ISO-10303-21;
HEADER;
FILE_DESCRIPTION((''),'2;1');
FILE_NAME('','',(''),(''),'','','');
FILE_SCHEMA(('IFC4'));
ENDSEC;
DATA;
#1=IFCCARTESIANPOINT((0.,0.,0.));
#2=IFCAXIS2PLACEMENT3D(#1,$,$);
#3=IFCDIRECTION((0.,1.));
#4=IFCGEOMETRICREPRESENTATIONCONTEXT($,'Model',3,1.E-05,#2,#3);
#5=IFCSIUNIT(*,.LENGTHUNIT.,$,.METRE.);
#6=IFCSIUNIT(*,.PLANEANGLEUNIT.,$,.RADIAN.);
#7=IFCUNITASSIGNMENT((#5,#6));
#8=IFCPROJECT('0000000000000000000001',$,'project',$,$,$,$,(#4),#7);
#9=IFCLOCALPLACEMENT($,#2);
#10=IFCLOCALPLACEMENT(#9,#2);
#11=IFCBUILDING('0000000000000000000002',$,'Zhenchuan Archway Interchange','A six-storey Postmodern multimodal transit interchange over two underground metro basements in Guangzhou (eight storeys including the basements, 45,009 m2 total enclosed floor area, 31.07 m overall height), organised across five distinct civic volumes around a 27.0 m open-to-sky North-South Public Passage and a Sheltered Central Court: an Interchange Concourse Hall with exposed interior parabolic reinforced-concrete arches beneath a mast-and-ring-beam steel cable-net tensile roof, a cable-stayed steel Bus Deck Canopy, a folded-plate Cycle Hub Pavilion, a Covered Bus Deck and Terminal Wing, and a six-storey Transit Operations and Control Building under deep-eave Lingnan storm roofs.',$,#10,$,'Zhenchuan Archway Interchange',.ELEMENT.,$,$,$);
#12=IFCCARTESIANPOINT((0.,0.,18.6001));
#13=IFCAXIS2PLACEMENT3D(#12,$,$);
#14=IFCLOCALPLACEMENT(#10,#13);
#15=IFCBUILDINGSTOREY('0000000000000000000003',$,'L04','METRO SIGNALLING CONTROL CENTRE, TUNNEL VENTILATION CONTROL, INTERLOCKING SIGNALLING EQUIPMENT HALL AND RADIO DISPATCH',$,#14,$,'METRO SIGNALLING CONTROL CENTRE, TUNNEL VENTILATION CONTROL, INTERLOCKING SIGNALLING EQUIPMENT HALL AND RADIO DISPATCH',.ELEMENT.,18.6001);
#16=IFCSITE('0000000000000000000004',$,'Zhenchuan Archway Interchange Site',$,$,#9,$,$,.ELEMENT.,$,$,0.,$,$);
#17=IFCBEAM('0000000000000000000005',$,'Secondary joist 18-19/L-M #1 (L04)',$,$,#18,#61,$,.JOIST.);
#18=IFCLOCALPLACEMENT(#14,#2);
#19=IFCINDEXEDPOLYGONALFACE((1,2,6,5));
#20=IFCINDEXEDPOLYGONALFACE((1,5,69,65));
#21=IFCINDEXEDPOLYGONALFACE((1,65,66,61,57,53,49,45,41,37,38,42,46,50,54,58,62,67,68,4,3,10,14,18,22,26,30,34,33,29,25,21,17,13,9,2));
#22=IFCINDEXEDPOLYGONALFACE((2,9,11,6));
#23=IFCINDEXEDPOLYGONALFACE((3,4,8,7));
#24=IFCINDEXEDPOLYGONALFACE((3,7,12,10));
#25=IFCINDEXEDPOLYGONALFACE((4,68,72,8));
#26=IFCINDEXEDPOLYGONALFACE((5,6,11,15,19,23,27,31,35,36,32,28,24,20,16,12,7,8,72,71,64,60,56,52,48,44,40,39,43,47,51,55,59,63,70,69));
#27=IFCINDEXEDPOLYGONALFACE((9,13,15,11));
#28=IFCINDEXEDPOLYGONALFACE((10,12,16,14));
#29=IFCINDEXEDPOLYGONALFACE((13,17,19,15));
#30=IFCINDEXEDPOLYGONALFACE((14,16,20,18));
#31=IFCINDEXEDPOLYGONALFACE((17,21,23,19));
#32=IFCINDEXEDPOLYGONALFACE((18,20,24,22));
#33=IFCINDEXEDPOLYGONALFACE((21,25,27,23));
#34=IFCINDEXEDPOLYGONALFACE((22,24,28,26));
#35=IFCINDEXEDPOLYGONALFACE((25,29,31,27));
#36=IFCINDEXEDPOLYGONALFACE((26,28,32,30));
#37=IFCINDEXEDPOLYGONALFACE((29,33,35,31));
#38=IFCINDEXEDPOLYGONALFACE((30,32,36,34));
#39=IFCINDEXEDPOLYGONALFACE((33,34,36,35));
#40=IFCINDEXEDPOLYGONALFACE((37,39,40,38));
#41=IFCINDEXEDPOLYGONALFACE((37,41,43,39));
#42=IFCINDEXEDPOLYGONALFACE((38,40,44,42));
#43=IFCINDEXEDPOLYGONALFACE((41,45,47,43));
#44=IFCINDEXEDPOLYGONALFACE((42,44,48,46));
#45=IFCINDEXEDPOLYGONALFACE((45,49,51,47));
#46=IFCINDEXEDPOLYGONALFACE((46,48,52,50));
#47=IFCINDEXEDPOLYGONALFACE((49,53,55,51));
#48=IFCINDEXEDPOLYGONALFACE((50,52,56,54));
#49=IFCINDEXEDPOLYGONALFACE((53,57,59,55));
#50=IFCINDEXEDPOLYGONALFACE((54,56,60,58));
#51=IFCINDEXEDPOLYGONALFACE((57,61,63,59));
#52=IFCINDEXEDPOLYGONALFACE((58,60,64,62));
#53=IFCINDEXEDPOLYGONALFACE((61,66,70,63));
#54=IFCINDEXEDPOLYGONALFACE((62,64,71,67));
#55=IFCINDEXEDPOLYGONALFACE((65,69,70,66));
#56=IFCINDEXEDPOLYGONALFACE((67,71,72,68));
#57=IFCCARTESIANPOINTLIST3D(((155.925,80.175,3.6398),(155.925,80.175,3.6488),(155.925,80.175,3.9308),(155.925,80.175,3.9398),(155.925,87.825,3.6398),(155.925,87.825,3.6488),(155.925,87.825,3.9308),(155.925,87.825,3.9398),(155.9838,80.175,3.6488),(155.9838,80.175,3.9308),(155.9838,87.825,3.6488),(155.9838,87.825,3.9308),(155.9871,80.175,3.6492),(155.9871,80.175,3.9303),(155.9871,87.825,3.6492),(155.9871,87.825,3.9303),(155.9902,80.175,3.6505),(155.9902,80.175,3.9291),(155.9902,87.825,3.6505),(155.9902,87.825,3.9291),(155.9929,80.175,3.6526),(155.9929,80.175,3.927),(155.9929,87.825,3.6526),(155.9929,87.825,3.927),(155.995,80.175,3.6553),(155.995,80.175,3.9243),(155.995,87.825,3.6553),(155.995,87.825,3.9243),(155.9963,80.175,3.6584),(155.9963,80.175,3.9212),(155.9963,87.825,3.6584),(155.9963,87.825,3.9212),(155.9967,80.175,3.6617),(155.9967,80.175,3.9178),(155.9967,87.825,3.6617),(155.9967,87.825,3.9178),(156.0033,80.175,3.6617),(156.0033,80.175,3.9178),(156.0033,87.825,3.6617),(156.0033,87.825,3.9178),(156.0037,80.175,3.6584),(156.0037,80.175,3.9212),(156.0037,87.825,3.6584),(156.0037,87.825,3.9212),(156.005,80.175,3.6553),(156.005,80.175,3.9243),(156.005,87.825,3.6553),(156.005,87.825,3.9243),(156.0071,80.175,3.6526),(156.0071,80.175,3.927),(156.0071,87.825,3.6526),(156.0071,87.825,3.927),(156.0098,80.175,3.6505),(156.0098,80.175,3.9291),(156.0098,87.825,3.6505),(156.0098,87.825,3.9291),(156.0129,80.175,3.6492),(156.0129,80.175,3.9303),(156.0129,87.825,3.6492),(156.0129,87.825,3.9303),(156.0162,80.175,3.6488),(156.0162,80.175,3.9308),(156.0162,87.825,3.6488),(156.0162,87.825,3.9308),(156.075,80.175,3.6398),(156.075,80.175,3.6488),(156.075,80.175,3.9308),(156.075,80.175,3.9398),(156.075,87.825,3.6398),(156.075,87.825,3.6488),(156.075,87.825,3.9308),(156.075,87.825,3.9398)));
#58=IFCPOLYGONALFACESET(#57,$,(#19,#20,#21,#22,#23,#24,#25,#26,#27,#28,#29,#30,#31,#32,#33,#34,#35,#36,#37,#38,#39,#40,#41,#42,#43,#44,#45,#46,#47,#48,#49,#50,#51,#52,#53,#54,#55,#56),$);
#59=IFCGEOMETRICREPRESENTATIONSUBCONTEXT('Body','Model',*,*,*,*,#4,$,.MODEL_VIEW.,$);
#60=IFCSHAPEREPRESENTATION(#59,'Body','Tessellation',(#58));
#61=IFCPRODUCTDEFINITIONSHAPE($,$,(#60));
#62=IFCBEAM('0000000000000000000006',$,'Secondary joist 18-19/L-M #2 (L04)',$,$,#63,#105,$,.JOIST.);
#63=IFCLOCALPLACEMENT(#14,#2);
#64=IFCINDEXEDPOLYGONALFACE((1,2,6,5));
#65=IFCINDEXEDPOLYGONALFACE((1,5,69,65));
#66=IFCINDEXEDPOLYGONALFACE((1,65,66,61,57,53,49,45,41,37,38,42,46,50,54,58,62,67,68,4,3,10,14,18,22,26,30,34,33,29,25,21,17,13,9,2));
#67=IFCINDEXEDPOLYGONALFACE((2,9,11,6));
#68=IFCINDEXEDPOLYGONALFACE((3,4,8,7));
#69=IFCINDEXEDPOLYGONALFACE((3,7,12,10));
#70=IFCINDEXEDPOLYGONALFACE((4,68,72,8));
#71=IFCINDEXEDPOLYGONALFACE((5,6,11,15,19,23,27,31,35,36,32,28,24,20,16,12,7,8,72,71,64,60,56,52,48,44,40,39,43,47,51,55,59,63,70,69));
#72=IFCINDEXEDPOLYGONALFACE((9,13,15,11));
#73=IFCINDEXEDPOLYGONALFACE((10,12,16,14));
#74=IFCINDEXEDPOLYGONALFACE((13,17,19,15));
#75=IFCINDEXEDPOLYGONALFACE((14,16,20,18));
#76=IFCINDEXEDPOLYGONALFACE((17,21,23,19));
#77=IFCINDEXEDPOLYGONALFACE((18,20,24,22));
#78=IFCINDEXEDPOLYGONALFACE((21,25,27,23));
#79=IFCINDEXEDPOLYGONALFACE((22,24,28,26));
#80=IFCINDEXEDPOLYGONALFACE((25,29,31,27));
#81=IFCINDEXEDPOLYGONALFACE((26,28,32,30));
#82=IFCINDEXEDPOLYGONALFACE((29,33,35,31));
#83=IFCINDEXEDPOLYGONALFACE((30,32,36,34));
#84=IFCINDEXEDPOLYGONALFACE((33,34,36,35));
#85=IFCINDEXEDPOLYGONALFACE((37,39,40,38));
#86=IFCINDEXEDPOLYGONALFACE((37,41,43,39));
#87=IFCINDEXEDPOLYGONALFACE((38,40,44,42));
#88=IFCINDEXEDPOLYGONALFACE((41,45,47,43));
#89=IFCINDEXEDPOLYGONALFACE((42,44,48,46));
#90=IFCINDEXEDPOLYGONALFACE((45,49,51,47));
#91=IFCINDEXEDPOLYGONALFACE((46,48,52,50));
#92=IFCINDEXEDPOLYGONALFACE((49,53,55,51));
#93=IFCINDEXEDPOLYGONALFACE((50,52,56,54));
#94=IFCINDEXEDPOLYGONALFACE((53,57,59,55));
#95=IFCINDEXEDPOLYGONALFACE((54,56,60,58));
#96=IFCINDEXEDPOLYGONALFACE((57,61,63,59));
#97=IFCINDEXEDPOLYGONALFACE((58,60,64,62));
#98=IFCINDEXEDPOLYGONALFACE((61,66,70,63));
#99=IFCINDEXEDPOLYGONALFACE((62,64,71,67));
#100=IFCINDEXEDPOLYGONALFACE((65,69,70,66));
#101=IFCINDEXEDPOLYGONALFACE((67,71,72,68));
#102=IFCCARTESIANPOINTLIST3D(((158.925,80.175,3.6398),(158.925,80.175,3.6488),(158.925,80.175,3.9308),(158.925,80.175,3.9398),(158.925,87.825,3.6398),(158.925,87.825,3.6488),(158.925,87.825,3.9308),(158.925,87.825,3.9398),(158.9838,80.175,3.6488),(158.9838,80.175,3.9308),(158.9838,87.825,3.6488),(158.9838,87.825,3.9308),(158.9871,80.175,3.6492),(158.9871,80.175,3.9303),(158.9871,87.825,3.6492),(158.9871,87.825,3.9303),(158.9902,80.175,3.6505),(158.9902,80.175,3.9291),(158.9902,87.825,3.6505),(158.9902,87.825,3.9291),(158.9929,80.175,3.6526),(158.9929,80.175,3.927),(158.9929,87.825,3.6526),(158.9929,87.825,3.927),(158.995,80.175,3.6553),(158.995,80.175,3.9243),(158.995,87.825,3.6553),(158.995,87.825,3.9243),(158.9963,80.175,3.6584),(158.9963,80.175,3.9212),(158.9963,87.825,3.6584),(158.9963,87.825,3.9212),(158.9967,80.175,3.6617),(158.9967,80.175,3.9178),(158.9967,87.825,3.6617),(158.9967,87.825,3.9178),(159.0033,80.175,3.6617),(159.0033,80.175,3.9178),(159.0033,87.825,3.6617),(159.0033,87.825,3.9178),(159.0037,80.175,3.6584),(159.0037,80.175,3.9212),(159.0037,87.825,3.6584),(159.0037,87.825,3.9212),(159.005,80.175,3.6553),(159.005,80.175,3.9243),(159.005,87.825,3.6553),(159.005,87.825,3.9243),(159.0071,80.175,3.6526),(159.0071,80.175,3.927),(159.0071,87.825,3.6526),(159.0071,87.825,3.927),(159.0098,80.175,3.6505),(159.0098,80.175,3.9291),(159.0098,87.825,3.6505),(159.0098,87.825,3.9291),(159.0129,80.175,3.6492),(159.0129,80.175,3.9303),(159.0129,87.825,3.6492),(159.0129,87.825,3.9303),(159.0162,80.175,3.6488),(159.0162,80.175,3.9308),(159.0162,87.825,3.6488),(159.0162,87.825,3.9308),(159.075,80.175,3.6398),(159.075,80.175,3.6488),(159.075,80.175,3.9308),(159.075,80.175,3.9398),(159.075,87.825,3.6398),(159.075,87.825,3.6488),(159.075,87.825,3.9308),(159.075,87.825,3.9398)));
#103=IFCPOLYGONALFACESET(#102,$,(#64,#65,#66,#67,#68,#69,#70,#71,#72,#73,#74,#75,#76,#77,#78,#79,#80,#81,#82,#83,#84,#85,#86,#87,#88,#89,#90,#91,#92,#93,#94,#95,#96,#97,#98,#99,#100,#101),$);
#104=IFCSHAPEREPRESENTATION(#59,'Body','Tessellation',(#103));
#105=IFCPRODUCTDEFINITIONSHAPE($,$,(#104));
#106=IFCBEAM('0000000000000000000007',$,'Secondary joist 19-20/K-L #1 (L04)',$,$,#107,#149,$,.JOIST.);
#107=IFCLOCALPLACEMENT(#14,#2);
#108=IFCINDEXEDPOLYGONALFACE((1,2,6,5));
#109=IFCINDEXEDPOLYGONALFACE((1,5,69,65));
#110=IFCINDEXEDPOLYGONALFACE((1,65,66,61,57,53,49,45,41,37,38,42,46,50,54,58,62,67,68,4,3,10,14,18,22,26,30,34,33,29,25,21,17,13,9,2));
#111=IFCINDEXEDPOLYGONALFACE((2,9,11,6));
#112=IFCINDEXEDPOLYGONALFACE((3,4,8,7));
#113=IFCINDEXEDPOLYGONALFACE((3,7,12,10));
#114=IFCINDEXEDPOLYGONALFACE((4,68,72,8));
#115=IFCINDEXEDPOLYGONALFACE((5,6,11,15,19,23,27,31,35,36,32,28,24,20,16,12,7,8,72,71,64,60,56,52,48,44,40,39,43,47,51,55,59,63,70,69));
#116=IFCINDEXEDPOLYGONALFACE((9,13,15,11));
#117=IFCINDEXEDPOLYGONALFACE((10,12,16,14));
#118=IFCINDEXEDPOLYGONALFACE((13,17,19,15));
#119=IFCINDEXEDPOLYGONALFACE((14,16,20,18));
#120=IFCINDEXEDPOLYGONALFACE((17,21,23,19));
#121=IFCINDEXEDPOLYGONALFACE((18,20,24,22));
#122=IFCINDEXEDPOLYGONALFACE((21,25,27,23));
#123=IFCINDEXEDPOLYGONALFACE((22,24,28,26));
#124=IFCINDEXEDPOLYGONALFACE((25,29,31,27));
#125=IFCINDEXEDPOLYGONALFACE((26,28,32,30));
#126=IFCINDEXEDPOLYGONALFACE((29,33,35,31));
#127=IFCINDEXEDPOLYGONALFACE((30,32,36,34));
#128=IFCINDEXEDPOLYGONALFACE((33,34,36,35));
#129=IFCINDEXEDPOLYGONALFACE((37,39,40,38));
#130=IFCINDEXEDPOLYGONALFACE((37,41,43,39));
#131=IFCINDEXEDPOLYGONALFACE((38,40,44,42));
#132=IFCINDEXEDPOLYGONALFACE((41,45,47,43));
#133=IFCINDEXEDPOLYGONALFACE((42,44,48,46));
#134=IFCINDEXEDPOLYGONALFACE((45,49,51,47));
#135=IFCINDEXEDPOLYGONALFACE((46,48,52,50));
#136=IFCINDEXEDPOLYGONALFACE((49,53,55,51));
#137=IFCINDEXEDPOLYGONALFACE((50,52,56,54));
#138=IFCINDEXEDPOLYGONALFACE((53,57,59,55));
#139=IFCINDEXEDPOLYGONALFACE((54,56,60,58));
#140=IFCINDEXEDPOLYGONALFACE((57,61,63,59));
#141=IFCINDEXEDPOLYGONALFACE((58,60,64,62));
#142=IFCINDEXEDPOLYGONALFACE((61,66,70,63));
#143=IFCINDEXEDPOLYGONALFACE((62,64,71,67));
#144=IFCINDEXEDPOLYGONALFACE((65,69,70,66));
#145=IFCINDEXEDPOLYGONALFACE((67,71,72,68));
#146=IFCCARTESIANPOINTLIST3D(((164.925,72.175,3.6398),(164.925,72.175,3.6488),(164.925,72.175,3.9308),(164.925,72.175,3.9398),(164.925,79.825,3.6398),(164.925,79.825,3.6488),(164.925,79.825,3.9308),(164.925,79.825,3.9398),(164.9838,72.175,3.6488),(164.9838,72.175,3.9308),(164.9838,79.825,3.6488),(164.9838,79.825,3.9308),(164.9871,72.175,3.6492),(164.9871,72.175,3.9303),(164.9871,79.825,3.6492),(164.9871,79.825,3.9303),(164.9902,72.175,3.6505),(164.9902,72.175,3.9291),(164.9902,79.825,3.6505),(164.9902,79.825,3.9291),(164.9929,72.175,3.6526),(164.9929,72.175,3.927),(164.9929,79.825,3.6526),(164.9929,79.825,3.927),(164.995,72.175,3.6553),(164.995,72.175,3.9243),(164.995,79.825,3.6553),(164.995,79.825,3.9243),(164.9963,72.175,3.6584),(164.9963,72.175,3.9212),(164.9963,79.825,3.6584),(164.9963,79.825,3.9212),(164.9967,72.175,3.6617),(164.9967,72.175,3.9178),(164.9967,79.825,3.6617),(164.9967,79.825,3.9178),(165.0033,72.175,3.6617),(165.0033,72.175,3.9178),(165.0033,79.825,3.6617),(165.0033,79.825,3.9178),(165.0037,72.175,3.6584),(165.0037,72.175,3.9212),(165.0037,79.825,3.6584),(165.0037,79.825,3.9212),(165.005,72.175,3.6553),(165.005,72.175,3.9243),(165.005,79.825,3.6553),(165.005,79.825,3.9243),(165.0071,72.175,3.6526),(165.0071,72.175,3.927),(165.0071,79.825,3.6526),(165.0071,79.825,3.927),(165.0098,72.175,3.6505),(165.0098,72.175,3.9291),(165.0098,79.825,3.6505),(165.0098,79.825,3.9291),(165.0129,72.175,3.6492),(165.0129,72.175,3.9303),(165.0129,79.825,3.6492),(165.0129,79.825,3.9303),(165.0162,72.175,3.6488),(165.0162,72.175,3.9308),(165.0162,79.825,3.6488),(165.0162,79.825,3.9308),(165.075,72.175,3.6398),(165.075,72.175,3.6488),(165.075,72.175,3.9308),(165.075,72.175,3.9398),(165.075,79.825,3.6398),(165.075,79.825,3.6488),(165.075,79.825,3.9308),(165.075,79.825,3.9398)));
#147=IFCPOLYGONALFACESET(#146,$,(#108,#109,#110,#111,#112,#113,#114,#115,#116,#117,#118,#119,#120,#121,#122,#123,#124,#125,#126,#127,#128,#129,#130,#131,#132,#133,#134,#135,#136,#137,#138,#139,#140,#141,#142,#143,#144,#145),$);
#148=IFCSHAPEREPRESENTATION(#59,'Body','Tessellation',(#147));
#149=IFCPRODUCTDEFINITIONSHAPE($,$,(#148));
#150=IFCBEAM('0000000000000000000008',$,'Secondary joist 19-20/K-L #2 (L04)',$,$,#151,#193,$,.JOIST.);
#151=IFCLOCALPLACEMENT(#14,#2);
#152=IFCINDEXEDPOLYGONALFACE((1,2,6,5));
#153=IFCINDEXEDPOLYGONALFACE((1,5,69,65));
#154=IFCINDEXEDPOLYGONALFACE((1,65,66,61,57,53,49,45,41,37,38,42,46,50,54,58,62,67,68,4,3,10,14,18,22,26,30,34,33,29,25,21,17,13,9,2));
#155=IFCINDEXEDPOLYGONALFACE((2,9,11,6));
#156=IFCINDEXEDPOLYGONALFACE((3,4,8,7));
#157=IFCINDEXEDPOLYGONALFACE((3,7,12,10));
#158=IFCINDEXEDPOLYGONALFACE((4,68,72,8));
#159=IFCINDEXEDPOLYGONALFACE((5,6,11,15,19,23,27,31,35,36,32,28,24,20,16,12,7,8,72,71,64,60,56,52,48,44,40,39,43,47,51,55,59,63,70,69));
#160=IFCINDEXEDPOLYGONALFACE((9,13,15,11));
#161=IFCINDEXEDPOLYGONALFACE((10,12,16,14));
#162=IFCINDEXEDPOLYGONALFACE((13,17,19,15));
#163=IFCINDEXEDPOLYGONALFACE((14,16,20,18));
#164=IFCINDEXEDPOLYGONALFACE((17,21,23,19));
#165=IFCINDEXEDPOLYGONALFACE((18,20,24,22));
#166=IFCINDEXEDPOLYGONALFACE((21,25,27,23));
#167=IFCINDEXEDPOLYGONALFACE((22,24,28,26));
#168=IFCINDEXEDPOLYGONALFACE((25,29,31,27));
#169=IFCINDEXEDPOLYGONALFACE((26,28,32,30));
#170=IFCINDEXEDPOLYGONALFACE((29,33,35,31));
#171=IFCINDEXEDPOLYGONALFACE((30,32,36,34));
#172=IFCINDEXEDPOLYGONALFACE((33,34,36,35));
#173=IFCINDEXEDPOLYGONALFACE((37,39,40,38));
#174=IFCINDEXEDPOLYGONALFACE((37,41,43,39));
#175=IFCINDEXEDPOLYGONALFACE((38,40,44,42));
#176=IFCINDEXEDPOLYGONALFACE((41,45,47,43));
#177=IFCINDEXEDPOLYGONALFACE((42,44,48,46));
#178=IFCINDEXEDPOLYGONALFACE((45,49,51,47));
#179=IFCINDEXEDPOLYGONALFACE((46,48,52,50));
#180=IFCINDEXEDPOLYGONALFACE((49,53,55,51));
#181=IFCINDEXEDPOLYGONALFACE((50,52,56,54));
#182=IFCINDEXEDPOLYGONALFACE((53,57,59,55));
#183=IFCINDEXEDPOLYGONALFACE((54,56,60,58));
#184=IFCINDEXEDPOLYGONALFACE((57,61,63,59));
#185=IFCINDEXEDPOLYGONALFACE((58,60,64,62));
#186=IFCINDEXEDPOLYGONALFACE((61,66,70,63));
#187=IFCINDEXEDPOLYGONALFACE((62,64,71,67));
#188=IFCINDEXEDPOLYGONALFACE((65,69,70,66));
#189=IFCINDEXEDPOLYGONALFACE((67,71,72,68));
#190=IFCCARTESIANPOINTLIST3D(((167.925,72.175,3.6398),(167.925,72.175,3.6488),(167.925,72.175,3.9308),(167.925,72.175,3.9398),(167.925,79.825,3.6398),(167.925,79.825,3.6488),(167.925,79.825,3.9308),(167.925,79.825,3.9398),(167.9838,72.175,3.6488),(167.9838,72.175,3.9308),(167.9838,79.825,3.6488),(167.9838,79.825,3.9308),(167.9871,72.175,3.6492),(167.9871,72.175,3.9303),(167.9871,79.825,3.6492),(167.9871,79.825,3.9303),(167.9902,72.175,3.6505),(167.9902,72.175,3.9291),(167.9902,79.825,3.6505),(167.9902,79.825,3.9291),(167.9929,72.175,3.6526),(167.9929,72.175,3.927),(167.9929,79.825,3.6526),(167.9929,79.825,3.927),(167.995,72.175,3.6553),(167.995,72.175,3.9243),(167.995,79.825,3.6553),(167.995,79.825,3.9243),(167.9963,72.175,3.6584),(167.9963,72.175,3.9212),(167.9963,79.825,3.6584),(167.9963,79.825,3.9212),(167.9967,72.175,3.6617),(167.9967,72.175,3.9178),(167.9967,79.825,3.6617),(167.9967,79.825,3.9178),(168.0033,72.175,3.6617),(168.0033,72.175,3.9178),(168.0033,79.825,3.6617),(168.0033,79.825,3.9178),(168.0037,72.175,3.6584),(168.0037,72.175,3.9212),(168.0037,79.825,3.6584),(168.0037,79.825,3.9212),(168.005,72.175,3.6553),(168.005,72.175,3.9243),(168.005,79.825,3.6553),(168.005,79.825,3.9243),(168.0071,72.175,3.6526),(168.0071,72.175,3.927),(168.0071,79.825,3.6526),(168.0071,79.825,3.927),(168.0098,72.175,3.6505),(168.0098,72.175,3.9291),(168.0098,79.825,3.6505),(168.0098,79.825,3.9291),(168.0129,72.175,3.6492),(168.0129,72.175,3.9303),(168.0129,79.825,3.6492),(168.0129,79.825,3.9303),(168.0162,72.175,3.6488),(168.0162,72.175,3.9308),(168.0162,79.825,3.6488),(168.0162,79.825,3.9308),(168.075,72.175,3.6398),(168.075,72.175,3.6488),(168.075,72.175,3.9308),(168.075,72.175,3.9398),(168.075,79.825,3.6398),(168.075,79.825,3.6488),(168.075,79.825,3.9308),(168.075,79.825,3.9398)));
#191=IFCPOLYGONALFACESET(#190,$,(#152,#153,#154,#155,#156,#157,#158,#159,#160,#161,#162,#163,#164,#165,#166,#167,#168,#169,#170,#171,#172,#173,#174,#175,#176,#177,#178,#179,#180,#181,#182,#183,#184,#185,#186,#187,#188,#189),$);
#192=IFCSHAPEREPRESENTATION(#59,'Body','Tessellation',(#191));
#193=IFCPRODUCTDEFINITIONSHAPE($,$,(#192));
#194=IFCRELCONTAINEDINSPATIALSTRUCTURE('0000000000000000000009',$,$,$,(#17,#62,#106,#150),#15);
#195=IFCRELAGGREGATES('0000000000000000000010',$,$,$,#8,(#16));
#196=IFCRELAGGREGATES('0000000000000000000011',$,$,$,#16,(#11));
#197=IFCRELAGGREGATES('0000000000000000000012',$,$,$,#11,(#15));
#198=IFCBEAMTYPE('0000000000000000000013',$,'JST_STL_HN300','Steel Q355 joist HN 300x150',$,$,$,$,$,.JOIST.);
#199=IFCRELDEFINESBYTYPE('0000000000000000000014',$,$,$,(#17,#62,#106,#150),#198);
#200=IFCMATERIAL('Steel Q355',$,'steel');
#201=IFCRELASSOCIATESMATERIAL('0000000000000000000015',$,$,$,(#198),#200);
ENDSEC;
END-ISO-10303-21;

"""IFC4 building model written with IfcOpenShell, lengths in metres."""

from ifc_helpers import new_model, si_unit, direction, frame, origin, origin_2d, place, context, subcontext, project, spatial, i_section, extrude, material, material_profile, profile_set, type_object, element, save


model = new_model("IFC4")

# Units and contexts
model_context = context("Model", 3, precision=1e-05, world=origin(), true_north=direction((0.0, 1.0)))
body_context = subcontext(model_context, "Body", "Model", "MODEL_VIEW")
ifc_project = project(units=[si_unit("LENGTHUNIT", "METRE"), si_unit("PLANEANGLEUNIT", "RADIAN")], contexts=[model_context])

# Site, building, storey
site_placement = place(None, origin())
site = spatial("IfcSite", under=ifc_project, at=site_placement, Name="Zhenchuan Archway Interchange Site", CompositionType="ELEMENT", RefElevation=0.0)
building_placement = place(site_placement, origin())
building = spatial("IfcBuilding", under=site, at=building_placement, Name="Zhenchuan Archway Interchange", Description="A six-storey Postmodern multimodal transit interchange over two underground metro basements in Guangzhou (eight storeys including the basements, 45,009 m2 total enclosed floor area, 31.07 m overall height), organised across five distinct civic volumes around a 27.0 m open-to-sky North-South Public Passage and a Sheltered Central Court: an Interchange Concourse Hall with exposed interior parabolic reinforced-concrete arches beneath a mast-and-ring-beam steel cable-net tensile roof, a cable-stayed steel Bus Deck Canopy, a folded-plate Cycle Hub Pavilion, a Covered Bus Deck and Terminal Wing, and a six-storey Transit Operations and Control Building under deep-eave Lingnan storm roofs.", LongName="Zhenchuan Archway Interchange", CompositionType="ELEMENT")
storey_placement = place(building_placement, frame((0.0, 0.0, 18.6001)))
storey = spatial("IfcBuildingStorey", under=building, at=storey_placement, Name="L04", Description="METRO SIGNALLING CONTROL CENTRE, TUNNEL VENTILATION CONTROL, INTERLOCKING SIGNALLING EQUIPMENT HALL AND RADIO DISPATCH", LongName="METRO SIGNALLING CONTROL CENTRE, TUNNEL VENTILATION CONTROL, INTERLOCKING SIGNALLING EQUIPMENT HALL AND RADIO DISPATCH", CompositionType="ELEMENT", Elevation=18.6001)

# Beams
ifc_material_1 = material(Name="Steel Q355", Category="steel")
ifc_material_profile_1 = material_profile(ifc_material_1, i_section(OverallWidth=0.1499, OverallDepth=0.3, WebThickness=0.0066, FlangeThickness=0.009, FilletRadius=0.0129, at=origin_2d()), Name="HN 300x150")
ifc_profile_set_1 = profile_set([ifc_material_profile_1], Name="Steel Q355")
beam_type_1 = type_object("IfcBeamType", Name="JST_STL_HN300", Description="Steel Q355 joist HN 300x150", PredefinedType="JOIST", material=ifc_profile_set_1)
for number, where, z_axis, x_axis, name in (
    (1, (156.0, 80.175, 3.7898), (0.0, 1.0, 0.0), (-1.0, 0.0, 0.0), "Secondary joist 18-19/L-M #1 (L04)"),
    (2, (159.0, 80.175, 3.7898), (0.0, 1.0, 0.0), (-1.0, 0.0, 0.0), "Secondary joist 18-19/L-M #2 (L04)"),
    (3, (165.0, 72.175, 3.7898), (0.0, 1.0, 0.0), (-1.0, 0.0, 0.0), "Secondary joist 19-20/K-L #1 (L04)"),
    (4, (168.0, 72.175, 3.7898), (0.0, 1.0, 0.0), (-1.0, 0.0, 0.0), "Secondary joist 19-20/K-L #2 (L04)"),
):
    element("IfcBeam", number, at=place(storey_placement, frame(where, z_axis=z_axis, x_axis=x_axis)), inside=storey, type_object=beam_type_1, Name=name, PredefinedType="JOIST", context=body_context, shape_type="SweptSolid", body=[
        extrude(i_section(OverallWidth=0.1499, OverallDepth=0.3, WebThickness=0.0066, FlangeThickness=0.009, FilletRadius=0.0129, at=origin_2d()), origin(), (0.0, 0.0, 1.0), 7.6499),
    ])

save(model, "model.ifc")
